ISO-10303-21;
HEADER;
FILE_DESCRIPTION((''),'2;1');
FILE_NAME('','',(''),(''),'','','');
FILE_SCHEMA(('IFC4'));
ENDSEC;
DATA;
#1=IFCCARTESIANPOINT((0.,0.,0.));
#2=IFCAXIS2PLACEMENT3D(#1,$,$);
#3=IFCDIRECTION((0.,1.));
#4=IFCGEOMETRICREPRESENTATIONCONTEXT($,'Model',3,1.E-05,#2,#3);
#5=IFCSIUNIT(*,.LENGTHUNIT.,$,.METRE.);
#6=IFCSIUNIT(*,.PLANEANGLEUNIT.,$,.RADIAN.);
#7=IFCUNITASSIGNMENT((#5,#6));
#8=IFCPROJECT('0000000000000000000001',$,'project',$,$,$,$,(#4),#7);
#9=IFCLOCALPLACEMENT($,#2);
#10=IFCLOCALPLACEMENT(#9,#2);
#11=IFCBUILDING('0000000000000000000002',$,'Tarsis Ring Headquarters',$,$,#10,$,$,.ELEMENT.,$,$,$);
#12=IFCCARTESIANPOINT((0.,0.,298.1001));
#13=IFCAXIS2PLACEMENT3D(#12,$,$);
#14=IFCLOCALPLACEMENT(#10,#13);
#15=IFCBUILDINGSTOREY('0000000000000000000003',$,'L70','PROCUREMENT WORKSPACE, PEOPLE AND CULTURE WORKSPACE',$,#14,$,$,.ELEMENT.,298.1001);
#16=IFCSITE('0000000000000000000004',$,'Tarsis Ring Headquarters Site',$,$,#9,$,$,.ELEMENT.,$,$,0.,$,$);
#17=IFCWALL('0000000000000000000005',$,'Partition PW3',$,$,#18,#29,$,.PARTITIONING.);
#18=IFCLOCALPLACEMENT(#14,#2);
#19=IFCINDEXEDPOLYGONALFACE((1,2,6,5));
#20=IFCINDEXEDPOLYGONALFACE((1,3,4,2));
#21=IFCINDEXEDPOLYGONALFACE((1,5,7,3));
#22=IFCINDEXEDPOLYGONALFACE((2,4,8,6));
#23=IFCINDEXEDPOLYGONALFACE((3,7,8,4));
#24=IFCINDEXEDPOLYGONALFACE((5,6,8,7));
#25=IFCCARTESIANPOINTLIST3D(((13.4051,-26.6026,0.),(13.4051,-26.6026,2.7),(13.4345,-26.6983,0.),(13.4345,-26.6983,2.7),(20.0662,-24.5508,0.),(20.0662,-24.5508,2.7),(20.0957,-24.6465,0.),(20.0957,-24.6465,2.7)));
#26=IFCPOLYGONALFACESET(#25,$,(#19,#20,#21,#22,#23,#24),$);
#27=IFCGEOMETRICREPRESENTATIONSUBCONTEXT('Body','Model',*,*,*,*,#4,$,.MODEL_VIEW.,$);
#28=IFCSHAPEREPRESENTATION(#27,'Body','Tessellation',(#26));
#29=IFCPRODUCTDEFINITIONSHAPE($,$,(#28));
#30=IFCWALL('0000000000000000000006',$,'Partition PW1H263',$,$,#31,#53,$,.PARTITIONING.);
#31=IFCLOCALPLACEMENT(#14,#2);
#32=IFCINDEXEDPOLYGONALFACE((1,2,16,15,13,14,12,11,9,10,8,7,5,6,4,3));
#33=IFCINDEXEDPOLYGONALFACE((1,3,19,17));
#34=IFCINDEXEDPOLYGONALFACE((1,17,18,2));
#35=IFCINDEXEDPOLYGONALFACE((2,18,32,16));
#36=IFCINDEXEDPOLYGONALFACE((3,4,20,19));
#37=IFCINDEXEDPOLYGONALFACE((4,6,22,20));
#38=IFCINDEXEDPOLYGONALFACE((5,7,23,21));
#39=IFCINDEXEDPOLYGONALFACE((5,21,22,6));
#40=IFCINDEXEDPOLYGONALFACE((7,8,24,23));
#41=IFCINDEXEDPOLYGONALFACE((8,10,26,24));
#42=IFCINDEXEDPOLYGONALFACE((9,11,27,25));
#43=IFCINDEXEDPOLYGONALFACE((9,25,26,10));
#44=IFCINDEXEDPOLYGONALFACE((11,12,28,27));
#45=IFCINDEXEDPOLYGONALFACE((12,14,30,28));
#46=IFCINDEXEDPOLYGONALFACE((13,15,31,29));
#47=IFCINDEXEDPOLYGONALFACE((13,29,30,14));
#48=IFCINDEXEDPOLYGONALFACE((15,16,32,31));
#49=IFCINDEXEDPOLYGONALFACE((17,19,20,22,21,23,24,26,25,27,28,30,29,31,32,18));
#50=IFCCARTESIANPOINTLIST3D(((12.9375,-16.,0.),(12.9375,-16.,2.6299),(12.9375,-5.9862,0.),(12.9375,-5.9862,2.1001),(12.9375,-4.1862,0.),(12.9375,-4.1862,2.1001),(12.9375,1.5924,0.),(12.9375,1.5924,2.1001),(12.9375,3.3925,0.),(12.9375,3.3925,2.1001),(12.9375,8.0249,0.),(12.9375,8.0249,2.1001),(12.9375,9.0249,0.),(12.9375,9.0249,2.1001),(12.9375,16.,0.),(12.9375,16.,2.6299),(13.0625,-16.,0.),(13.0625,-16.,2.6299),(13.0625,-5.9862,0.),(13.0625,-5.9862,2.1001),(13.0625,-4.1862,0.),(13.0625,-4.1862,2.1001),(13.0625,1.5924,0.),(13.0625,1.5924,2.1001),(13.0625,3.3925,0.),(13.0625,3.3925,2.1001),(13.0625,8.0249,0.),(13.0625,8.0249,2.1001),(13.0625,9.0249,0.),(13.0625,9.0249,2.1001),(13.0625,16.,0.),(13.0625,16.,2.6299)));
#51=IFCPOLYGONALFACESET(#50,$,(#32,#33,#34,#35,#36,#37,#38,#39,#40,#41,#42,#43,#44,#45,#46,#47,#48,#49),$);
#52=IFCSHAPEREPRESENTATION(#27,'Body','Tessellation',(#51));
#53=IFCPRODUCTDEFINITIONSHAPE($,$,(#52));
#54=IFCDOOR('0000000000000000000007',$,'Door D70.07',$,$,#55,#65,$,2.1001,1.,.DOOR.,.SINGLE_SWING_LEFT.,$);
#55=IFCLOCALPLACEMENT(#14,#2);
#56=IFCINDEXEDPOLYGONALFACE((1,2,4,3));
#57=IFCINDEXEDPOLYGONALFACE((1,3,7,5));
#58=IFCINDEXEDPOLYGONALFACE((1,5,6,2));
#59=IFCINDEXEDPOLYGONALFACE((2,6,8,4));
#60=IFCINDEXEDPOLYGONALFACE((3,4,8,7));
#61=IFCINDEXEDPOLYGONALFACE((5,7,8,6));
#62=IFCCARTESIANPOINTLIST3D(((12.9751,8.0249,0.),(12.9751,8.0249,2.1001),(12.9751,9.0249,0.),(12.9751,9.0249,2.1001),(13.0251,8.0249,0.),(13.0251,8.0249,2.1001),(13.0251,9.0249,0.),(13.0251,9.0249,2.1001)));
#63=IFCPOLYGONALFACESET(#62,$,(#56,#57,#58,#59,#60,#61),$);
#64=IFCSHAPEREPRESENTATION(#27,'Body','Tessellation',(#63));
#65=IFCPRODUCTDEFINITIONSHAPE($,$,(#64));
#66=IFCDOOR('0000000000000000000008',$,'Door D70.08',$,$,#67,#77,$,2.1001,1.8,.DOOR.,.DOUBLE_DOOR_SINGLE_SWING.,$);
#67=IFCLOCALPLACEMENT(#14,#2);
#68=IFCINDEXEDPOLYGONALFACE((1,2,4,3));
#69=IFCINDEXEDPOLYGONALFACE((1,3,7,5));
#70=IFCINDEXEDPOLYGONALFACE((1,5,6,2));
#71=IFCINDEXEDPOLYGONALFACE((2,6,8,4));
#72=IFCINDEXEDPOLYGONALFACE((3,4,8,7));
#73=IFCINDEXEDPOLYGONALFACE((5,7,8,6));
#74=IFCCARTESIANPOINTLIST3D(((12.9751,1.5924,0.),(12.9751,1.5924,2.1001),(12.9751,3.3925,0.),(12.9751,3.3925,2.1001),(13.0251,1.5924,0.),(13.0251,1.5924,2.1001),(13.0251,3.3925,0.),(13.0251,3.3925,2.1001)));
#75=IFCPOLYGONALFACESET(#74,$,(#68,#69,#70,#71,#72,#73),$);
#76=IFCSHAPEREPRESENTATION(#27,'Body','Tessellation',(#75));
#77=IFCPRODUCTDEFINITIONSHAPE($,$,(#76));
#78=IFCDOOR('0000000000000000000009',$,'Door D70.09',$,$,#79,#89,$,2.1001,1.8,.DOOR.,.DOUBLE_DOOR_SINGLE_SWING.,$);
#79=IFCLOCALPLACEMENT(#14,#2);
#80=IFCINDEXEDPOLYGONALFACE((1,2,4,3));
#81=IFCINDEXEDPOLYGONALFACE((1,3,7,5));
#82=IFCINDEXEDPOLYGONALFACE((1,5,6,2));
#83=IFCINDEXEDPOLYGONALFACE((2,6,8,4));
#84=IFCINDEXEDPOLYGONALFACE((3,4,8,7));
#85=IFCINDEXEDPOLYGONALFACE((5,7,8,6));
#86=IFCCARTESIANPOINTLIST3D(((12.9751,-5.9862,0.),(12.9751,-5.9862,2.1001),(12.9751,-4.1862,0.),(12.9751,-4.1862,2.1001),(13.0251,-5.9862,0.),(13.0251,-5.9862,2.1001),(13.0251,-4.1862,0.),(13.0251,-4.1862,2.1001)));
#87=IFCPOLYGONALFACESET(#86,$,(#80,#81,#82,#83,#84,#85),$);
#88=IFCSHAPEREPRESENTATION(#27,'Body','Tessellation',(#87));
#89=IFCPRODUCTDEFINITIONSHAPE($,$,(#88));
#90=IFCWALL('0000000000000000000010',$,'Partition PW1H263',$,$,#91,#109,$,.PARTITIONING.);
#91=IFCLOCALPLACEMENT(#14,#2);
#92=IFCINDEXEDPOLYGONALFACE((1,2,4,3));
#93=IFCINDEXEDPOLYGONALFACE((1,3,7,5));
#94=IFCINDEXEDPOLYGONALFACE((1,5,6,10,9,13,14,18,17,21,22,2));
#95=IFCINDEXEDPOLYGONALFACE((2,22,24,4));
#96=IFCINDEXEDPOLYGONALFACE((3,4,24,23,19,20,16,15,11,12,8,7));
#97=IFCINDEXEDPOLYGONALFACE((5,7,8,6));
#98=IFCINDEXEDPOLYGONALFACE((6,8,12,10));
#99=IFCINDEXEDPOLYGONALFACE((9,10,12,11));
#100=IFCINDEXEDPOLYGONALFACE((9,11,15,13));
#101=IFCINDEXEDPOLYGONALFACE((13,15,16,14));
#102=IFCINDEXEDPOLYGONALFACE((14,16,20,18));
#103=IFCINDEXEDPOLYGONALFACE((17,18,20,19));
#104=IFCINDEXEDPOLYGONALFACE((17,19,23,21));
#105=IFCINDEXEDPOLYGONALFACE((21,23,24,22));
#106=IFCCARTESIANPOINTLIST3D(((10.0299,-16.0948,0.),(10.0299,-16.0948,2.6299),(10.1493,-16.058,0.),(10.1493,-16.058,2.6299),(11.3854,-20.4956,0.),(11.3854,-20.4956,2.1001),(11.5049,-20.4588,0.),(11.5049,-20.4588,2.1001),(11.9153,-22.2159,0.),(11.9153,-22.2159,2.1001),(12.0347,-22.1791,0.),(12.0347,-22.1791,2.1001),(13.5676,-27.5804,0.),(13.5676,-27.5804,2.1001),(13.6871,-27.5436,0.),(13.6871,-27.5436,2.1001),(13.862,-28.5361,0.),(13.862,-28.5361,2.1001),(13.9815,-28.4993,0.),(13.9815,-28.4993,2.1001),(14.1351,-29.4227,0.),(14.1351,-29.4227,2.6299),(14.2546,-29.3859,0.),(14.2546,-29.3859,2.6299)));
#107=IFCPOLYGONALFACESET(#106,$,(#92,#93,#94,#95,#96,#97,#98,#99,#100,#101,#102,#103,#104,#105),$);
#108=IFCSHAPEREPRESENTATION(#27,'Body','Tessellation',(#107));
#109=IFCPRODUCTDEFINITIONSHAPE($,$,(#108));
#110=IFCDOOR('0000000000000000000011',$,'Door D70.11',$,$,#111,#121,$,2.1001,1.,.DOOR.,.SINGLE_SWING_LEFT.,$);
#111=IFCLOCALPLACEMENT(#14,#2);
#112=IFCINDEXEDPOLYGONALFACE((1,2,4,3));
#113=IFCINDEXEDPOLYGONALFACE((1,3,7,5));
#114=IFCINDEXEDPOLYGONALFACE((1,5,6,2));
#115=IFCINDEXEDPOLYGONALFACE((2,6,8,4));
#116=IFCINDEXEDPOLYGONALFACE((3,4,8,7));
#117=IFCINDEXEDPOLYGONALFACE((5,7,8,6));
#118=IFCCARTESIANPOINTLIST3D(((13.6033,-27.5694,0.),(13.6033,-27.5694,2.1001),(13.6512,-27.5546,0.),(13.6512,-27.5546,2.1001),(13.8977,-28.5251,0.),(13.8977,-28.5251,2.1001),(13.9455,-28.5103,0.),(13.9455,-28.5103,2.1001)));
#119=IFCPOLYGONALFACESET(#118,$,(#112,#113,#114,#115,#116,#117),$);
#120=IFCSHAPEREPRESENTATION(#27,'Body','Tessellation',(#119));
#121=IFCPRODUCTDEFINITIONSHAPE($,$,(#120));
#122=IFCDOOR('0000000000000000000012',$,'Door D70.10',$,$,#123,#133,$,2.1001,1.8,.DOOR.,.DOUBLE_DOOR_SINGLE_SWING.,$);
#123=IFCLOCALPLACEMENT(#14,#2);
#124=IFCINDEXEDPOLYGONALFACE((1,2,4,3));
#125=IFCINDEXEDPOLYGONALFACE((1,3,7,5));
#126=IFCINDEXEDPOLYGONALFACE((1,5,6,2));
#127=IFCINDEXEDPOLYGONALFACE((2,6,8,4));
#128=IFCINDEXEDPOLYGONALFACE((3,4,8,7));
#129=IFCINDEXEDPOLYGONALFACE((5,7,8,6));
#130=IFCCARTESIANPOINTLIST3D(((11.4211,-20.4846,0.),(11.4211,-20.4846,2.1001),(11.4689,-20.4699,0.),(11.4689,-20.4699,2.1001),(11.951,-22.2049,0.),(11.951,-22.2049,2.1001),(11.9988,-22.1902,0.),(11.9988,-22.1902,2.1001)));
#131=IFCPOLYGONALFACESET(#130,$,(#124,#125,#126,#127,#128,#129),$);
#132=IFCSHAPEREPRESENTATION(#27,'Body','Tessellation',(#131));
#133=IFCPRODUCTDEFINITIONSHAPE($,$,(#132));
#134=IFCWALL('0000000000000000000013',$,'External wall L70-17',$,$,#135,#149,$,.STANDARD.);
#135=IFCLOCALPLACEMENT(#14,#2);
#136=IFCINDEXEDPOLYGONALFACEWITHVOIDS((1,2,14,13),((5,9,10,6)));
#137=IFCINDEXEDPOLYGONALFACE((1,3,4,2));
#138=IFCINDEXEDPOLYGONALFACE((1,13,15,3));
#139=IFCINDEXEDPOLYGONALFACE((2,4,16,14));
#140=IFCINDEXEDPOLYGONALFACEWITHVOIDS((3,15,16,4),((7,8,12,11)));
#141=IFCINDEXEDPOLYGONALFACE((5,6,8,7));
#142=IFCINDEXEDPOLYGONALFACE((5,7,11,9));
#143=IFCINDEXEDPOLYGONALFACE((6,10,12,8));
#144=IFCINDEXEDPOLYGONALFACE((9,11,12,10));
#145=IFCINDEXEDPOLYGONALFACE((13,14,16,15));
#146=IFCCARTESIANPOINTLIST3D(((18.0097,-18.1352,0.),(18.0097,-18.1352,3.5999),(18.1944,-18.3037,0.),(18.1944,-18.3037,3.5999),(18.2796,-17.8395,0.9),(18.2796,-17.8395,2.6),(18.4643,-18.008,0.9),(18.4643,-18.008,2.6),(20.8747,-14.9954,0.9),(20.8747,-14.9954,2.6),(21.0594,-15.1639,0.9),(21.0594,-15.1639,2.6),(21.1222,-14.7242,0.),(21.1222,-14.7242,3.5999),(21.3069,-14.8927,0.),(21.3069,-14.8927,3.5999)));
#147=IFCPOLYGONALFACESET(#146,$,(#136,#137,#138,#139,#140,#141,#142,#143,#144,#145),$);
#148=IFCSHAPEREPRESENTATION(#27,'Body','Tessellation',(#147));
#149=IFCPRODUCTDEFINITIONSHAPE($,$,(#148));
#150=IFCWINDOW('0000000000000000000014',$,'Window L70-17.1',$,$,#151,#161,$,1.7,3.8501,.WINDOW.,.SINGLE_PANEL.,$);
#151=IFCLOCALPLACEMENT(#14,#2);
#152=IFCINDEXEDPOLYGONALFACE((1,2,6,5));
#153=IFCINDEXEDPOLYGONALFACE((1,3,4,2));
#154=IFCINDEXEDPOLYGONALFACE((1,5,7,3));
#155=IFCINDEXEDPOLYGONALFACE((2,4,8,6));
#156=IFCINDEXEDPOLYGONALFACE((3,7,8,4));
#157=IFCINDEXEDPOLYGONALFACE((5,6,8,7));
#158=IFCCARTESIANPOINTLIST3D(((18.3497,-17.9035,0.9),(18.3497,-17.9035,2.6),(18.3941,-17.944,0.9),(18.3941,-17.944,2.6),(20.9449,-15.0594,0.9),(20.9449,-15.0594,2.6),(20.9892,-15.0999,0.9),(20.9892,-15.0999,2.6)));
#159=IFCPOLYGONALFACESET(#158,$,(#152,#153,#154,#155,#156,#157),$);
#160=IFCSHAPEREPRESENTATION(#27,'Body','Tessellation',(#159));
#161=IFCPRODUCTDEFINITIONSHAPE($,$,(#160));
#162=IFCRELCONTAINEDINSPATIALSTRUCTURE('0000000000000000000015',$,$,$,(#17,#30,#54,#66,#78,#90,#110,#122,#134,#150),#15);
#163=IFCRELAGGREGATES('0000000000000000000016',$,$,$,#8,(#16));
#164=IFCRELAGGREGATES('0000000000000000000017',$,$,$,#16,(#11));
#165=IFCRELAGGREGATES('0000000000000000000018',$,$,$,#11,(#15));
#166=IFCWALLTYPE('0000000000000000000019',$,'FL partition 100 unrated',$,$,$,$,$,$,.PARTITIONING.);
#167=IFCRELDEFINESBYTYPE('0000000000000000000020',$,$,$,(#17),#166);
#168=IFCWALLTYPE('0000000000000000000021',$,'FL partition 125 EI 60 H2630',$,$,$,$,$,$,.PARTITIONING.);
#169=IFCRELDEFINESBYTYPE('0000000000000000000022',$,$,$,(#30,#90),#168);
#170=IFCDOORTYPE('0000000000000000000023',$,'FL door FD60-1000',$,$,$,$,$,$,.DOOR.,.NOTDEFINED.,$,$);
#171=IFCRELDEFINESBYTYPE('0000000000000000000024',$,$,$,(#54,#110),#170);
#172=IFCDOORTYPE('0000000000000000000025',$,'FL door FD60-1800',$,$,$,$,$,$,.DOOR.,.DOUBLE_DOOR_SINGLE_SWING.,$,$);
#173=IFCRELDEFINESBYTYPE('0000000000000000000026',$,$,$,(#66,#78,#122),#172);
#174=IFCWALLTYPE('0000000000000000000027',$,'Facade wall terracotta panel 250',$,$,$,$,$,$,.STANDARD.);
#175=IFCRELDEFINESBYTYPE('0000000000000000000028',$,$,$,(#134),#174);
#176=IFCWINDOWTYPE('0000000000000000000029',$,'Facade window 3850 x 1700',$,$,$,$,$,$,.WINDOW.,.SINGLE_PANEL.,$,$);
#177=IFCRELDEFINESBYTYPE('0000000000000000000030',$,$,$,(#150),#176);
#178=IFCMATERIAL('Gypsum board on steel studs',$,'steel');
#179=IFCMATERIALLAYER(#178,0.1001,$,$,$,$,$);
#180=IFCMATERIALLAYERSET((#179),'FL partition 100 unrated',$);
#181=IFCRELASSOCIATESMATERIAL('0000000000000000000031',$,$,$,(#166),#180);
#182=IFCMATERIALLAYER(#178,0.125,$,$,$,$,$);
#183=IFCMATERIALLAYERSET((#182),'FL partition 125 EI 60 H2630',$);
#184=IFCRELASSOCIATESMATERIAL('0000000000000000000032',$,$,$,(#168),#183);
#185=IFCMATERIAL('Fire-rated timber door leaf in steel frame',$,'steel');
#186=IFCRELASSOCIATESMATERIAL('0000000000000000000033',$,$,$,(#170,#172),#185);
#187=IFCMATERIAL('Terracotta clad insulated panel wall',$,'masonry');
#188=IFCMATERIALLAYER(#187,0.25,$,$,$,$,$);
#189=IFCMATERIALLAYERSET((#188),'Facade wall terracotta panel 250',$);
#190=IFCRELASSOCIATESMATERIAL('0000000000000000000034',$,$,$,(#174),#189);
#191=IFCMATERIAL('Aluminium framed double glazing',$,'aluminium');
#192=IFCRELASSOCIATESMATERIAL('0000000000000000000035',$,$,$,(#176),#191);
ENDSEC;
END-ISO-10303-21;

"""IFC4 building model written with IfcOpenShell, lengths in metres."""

from ifc_helpers import new_model, si_unit, direction, frame, frame_2d, origin, place, context, subcontext, project, spatial, rectangle, extrude, material, layer, layer_set, type_object, element, fill, save


model = new_model("IFC4")

# Units and contexts
model_context = context("Model", 3, precision=1e-05, world=origin(), true_north=direction((0.0, 1.0)))
body_context = subcontext(model_context, "Body", "Model", "MODEL_VIEW")
ifc_project = project(units=[si_unit("LENGTHUNIT", "METRE"), si_unit("PLANEANGLEUNIT", "RADIAN")], contexts=[model_context])

# Site, building, storey
site_placement = place(None, origin())
site = spatial("IfcSite", under=ifc_project, at=site_placement, Name="Tarsis Ring Headquarters Site", CompositionType="ELEMENT", RefElevation=0.0)
building_placement = place(site_placement, origin())
building = spatial("IfcBuilding", under=site, at=building_placement, Name="Tarsis Ring Headquarters", CompositionType="ELEMENT")
storey_placement = place(building_placement, frame((0.0, 0.0, 298.1001)))
storey = spatial("IfcBuildingStorey", under=building, at=storey_placement, Name="L70", Description="PROCUREMENT WORKSPACE, PEOPLE AND CULTURE WORKSPACE", CompositionType="ELEMENT", Elevation=298.1001)

# Wall
ifc_material_1 = material(Name="Gypsum board on steel studs", Category="steel")
ifc_layer_1 = layer(ifc_material_1, 0.1001)
ifc_layer_set_1 = layer_set([ifc_layer_1], Name="FL partition 100 unrated")
wall_type_1 = type_object("IfcWallType", Name="FL partition 100 unrated", PredefinedType="PARTITIONING", material=ifc_layer_set_1)
wall_1_placement = place(storey_placement, frame((13.4199, -26.6504, 0.0), z_axis=(0.0, 0.0, 1.0), x_axis=(0.955691, 0.294371, 0.0)))
element("IfcWall", 1, at=wall_1_placement, inside=storey, type_object=wall_type_1, Name="Partition PW3", PredefinedType="PARTITIONING", context=body_context, shape_type="SweptSolid", body=[
    extrude(rectangle(XDim=6.97, YDim=0.1001, at=frame_2d((3.4849, 0.0))), origin(), (0.0, 0.0, 1.0), 2.7),
])

# Walls, openings, doors
ifc_layer_2 = layer(ifc_material_1, 0.125)
ifc_layer_set_2 = layer_set([ifc_layer_2], Name="FL partition 125 EI 60 H2630")
wall_type_2 = type_object("IfcWallType", Name="FL partition 125 EI 60 H2630", PredefinedType="PARTITIONING", material=ifc_layer_set_2)
wall_2_placement = place(storey_placement, frame((13.0, -16.0, 0.0), z_axis=(0.0, 0.0, 1.0), x_axis=(0.0, 1.0, 0.0)))
wall_2 = element("IfcWall", 2, at=wall_2_placement, inside=storey, type_object=wall_type_2, Name="Partition PW1H263", PredefinedType="PARTITIONING", context=body_context, shape_type="SweptSolid", body=[
    extrude(rectangle(XDim=32.0, YDim=0.125, at=frame_2d((16.0, 0.0))), origin(), (0.0, 0.0, 1.0), 2.6299),
])
opening_1_placement = place(wall_2_placement, frame((24.0249, 0.0, 0.0)))
opening_1 = element("IfcOpeningElement", 3, at=opening_1_placement, cuts=wall_2, PredefinedType="OPENING", context=body_context, shape_type="SweptSolid", body=[
    extrude(rectangle(XDim=1.0, YDim=2.1001, at=frame_2d((0.5, 1.05))), frame((0.0, 0.0725, 0.0), z_axis=(0.0, -1.0, 0.0), x_axis=(1.0, 0.0, 0.0)), (0.0, 0.0, 1.0), 0.145),
])
opening_2_placement = place(wall_2_placement, frame((17.5925, 0.0, 0.0)))
opening_2 = element("IfcOpeningElement", 4, at=opening_2_placement, cuts=wall_2, PredefinedType="OPENING", context=body_context, shape_type="SweptSolid", body=[
    extrude(rectangle(XDim=1.8, YDim=2.1001, at=frame_2d((0.8999, 1.05))), frame((0.0, 0.0725, 0.0), z_axis=(0.0, -1.0, 0.0), x_axis=(1.0, 0.0, 0.0)), (0.0, 0.0, 1.0), 0.145),
])
opening_3_placement = place(wall_2_placement, frame((10.0139, 0.0, 0.0)))
opening_3 = element("IfcOpeningElement", 5, at=opening_3_placement, cuts=wall_2, PredefinedType="OPENING", context=body_context, shape_type="SweptSolid", body=[
    extrude(rectangle(XDim=1.8, YDim=2.1001, at=frame_2d((0.8999, 1.05))), frame((0.0, 0.0725, 0.0), z_axis=(0.0, -1.0, 0.0), x_axis=(1.0, 0.0, 0.0)), (0.0, 0.0, 1.0), 0.145),
])
ifc_material_2 = material(Name="Fire-rated timber door leaf in steel frame", Category="steel")
door_type_1 = type_object("IfcDoorType", Name="FL door FD60-1000", OperationType="NOTDEFINED", PredefinedType="DOOR", material=ifc_material_2)
door_1_placement = place(opening_1_placement, origin())
door_1 = element("IfcDoor", 6, at=door_1_placement, inside=storey, type_object=door_type_1, Name="Door D70.07", OperationType="SINGLE_SWING_LEFT", OverallHeight=2.1001, OverallWidth=1.0, PredefinedType="DOOR", context=body_context, shape_type="SweptSolid", body=[
    extrude(rectangle(XDim=1.0, YDim=2.1001, at=frame_2d((0.5, 1.05))), frame((0.0, 0.0249, 0.0), z_axis=(0.0, -1.0, 0.0), x_axis=(1.0, 0.0, 0.0)), (0.0, 0.0, 1.0), 0.05),
])
fill(opening_1, door_1)
door_type_2 = type_object("IfcDoorType", Name="FL door FD60-1800", OperationType="DOUBLE_DOOR_SINGLE_SWING", PredefinedType="DOOR", material=ifc_material_2)
door_2_placement = place(opening_2_placement, origin())
door_2 = element("IfcDoor", 7, at=door_2_placement, inside=storey, type_object=door_type_2, Name="Door D70.08", OperationType="DOUBLE_DOOR_SINGLE_SWING", OverallHeight=2.1001, OverallWidth=1.8, PredefinedType="DOOR", context=body_context, shape_type="SweptSolid", body=[
    extrude(rectangle(XDim=1.8, YDim=2.1001, at=frame_2d((0.8999, 1.05))), frame((0.0, 0.0249, 0.0), z_axis=(0.0, -1.0, 0.0), x_axis=(1.0, 0.0, 0.0)), (0.0, 0.0, 1.0), 0.05),
])
fill(opening_2, door_2)
door_3_placement = place(opening_3_placement, origin())
door_3 = element("IfcDoor", 8, at=door_3_placement, inside=storey, type_object=door_type_2, Name="Door D70.09", OperationType="DOUBLE_DOOR_SINGLE_SWING", OverallHeight=2.1001, OverallWidth=1.8, PredefinedType="DOOR", context=body_context, shape_type="SweptSolid", body=[
    extrude(rectangle(XDim=1.8, YDim=2.1001, at=frame_2d((0.8999, 1.05))), frame((0.0, 0.0249, 0.0), z_axis=(0.0, -1.0, 0.0), x_axis=(1.0, 0.0, 0.0)), (0.0, 0.0, 1.0), 0.05),
])
fill(opening_3, door_3)
wall_3_placement = place(storey_placement, frame((10.0896, -16.0764, 0.0), z_axis=(0.0, 0.0, 1.0), x_axis=(0.29437, -0.955692, 0.0)))
wall_3 = element("IfcWall", 9, at=wall_3_placement, inside=storey, type_object=wall_type_2, Name="Partition PW1H263", PredefinedType="PARTITIONING", context=body_context, shape_type="SweptSolid", body=[
    extrude(rectangle(XDim=13.9458, YDim=0.125, at=frame_2d((6.9729, 0.0))), origin(), (0.0, 0.0, 1.0), 2.6299),
])
opening_4_placement = place(wall_3_placement, frame((4.605, 0.0, 0.0)))
opening_4 = element("IfcOpeningElement", 10, at=opening_4_placement, cuts=wall_3, PredefinedType="OPENING", context=body_context, shape_type="SweptSolid", body=[
    extrude(rectangle(XDim=1.8, YDim=2.1001, at=frame_2d((0.8999, 1.05))), frame((0.0, 0.0725, 0.0), z_axis=(0.0, -1.0, 0.0), x_axis=(1.0, 0.0, 0.0)), (0.0, 0.0, 1.0), 0.145),
])
opening_5_placement = place(wall_3_placement, frame((12.0181, 0.0, 0.0)))
opening_5 = element("IfcOpeningElement", 11, at=opening_5_placement, cuts=wall_3, PredefinedType="OPENING", context=body_context, shape_type="SweptSolid", body=[
    extrude(rectangle(XDim=1.0, YDim=2.1001, at=frame_2d((0.5, 1.05))), frame((0.0, 0.0725, 0.0), z_axis=(0.0, -1.0, 0.0), x_axis=(1.0, 0.0, 0.0)), (0.0, 0.0, 1.0), 0.145),
])
door_4_placement = place(opening_5_placement, origin())
door_4 = element("IfcDoor", 12, at=door_4_placement, inside=storey, type_object=door_type_1, Name="Door D70.11", OperationType="SINGLE_SWING_LEFT", OverallHeight=2.1001, OverallWidth=1.0, PredefinedType="DOOR", context=body_context, shape_type="SweptSolid", body=[
    extrude(rectangle(XDim=1.0, YDim=2.1001, at=frame_2d((0.5, 1.05))), frame((0.0, 0.0249, 0.0), z_axis=(0.0, -1.0, 0.0), x_axis=(1.0, 0.0, 0.0)), (0.0, 0.0, 1.0), 0.05),
])
fill(opening_5, door_4)
door_5_placement = place(opening_4_placement, origin())
door_5 = element("IfcDoor", 13, at=door_5_placement, inside=storey, type_object=door_type_2, Name="Door D70.10", OperationType="DOUBLE_DOOR_SINGLE_SWING", OverallHeight=2.1001, OverallWidth=1.8, PredefinedType="DOOR", context=body_context, shape_type="SweptSolid", body=[
    extrude(rectangle(XDim=1.8, YDim=2.1001, at=frame_2d((0.8999, 1.05))), frame((0.0, 0.0249, 0.0), z_axis=(0.0, -1.0, 0.0), x_axis=(1.0, 0.0, 0.0)), (0.0, 0.0, 1.0), 0.05),
])
fill(opening_4, door_5)

# Wall, opening, window
ifc_material_3 = material(Name="Terracotta clad insulated panel wall", Category="masonry")
ifc_layer_3 = layer(ifc_material_3, 0.25)
ifc_layer_set_3 = layer_set([ifc_layer_3], Name="Facade wall terracotta panel 250")
wall_type_3 = type_object("IfcWallType", Name="Facade wall terracotta panel 250", PredefinedType="STANDARD", material=ifc_layer_set_3)
wall_4_placement = place(storey_placement, frame((18.1021, -18.2195, 0.0), z_axis=(0.0, 0.0, 1.0), x_axis=(0.674037, 0.738697, 0.0)))
wall_4 = element("IfcWall", 14, at=wall_4_placement, inside=storey, type_object=wall_type_3, Name="External wall L70-17", PredefinedType="STANDARD", context=body_context, shape_type="SweptSolid", body=[
    extrude(rectangle(XDim=4.6177, YDim=0.25, at=frame_2d((2.3088, 0.0))), origin(), (0.0, 0.0, 1.0), 3.5999),
])
opening_6_placement = place(wall_4_placement, frame((0.4004, 0.0, 0.8999)))
opening_6 = element("IfcOpeningElement", 15, at=opening_6_placement, cuts=wall_4, PredefinedType="OPENING", context=body_context, shape_type="SweptSolid", body=[
    extrude(rectangle(XDim=3.8501, YDim=1.7, at=frame_2d((1.925, 0.8501))), frame((0.0, 0.135, 0.0), z_axis=(0.0, -1.0, 0.0), x_axis=(1.0, 0.0, 0.0)), (0.0, 0.0, 1.0), 0.27),
])
ifc_material_4 = material(Name="Aluminium framed double glazing", Category="aluminium")
window_type_1 = type_object("IfcWindowType", Name="Facade window 3850 x 1700", PartitioningType="SINGLE_PANEL", PredefinedType="WINDOW", material=ifc_material_4)
window_1_placement = place(opening_6_placement, origin())
window_1 = element("IfcWindow", 16, at=window_1_placement, inside=storey, type_object=window_type_1, Name="Window L70-17.1", OverallHeight=1.7, OverallWidth=3.8501, PartitioningType="SINGLE_PANEL", PredefinedType="WINDOW", context=body_context, shape_type="SweptSolid", body=[
    extrude(rectangle(XDim=3.8501, YDim=1.7, at=frame_2d((1.925, 0.8501))), frame((0.0, 0.03, 0.0), z_axis=(0.0, -1.0, 0.0), x_axis=(1.0, 0.0, 0.0)), (0.0, 0.0, 1.0), 0.0601),
])
fill(opening_6, window_1)

save(model, "model.ifc")
